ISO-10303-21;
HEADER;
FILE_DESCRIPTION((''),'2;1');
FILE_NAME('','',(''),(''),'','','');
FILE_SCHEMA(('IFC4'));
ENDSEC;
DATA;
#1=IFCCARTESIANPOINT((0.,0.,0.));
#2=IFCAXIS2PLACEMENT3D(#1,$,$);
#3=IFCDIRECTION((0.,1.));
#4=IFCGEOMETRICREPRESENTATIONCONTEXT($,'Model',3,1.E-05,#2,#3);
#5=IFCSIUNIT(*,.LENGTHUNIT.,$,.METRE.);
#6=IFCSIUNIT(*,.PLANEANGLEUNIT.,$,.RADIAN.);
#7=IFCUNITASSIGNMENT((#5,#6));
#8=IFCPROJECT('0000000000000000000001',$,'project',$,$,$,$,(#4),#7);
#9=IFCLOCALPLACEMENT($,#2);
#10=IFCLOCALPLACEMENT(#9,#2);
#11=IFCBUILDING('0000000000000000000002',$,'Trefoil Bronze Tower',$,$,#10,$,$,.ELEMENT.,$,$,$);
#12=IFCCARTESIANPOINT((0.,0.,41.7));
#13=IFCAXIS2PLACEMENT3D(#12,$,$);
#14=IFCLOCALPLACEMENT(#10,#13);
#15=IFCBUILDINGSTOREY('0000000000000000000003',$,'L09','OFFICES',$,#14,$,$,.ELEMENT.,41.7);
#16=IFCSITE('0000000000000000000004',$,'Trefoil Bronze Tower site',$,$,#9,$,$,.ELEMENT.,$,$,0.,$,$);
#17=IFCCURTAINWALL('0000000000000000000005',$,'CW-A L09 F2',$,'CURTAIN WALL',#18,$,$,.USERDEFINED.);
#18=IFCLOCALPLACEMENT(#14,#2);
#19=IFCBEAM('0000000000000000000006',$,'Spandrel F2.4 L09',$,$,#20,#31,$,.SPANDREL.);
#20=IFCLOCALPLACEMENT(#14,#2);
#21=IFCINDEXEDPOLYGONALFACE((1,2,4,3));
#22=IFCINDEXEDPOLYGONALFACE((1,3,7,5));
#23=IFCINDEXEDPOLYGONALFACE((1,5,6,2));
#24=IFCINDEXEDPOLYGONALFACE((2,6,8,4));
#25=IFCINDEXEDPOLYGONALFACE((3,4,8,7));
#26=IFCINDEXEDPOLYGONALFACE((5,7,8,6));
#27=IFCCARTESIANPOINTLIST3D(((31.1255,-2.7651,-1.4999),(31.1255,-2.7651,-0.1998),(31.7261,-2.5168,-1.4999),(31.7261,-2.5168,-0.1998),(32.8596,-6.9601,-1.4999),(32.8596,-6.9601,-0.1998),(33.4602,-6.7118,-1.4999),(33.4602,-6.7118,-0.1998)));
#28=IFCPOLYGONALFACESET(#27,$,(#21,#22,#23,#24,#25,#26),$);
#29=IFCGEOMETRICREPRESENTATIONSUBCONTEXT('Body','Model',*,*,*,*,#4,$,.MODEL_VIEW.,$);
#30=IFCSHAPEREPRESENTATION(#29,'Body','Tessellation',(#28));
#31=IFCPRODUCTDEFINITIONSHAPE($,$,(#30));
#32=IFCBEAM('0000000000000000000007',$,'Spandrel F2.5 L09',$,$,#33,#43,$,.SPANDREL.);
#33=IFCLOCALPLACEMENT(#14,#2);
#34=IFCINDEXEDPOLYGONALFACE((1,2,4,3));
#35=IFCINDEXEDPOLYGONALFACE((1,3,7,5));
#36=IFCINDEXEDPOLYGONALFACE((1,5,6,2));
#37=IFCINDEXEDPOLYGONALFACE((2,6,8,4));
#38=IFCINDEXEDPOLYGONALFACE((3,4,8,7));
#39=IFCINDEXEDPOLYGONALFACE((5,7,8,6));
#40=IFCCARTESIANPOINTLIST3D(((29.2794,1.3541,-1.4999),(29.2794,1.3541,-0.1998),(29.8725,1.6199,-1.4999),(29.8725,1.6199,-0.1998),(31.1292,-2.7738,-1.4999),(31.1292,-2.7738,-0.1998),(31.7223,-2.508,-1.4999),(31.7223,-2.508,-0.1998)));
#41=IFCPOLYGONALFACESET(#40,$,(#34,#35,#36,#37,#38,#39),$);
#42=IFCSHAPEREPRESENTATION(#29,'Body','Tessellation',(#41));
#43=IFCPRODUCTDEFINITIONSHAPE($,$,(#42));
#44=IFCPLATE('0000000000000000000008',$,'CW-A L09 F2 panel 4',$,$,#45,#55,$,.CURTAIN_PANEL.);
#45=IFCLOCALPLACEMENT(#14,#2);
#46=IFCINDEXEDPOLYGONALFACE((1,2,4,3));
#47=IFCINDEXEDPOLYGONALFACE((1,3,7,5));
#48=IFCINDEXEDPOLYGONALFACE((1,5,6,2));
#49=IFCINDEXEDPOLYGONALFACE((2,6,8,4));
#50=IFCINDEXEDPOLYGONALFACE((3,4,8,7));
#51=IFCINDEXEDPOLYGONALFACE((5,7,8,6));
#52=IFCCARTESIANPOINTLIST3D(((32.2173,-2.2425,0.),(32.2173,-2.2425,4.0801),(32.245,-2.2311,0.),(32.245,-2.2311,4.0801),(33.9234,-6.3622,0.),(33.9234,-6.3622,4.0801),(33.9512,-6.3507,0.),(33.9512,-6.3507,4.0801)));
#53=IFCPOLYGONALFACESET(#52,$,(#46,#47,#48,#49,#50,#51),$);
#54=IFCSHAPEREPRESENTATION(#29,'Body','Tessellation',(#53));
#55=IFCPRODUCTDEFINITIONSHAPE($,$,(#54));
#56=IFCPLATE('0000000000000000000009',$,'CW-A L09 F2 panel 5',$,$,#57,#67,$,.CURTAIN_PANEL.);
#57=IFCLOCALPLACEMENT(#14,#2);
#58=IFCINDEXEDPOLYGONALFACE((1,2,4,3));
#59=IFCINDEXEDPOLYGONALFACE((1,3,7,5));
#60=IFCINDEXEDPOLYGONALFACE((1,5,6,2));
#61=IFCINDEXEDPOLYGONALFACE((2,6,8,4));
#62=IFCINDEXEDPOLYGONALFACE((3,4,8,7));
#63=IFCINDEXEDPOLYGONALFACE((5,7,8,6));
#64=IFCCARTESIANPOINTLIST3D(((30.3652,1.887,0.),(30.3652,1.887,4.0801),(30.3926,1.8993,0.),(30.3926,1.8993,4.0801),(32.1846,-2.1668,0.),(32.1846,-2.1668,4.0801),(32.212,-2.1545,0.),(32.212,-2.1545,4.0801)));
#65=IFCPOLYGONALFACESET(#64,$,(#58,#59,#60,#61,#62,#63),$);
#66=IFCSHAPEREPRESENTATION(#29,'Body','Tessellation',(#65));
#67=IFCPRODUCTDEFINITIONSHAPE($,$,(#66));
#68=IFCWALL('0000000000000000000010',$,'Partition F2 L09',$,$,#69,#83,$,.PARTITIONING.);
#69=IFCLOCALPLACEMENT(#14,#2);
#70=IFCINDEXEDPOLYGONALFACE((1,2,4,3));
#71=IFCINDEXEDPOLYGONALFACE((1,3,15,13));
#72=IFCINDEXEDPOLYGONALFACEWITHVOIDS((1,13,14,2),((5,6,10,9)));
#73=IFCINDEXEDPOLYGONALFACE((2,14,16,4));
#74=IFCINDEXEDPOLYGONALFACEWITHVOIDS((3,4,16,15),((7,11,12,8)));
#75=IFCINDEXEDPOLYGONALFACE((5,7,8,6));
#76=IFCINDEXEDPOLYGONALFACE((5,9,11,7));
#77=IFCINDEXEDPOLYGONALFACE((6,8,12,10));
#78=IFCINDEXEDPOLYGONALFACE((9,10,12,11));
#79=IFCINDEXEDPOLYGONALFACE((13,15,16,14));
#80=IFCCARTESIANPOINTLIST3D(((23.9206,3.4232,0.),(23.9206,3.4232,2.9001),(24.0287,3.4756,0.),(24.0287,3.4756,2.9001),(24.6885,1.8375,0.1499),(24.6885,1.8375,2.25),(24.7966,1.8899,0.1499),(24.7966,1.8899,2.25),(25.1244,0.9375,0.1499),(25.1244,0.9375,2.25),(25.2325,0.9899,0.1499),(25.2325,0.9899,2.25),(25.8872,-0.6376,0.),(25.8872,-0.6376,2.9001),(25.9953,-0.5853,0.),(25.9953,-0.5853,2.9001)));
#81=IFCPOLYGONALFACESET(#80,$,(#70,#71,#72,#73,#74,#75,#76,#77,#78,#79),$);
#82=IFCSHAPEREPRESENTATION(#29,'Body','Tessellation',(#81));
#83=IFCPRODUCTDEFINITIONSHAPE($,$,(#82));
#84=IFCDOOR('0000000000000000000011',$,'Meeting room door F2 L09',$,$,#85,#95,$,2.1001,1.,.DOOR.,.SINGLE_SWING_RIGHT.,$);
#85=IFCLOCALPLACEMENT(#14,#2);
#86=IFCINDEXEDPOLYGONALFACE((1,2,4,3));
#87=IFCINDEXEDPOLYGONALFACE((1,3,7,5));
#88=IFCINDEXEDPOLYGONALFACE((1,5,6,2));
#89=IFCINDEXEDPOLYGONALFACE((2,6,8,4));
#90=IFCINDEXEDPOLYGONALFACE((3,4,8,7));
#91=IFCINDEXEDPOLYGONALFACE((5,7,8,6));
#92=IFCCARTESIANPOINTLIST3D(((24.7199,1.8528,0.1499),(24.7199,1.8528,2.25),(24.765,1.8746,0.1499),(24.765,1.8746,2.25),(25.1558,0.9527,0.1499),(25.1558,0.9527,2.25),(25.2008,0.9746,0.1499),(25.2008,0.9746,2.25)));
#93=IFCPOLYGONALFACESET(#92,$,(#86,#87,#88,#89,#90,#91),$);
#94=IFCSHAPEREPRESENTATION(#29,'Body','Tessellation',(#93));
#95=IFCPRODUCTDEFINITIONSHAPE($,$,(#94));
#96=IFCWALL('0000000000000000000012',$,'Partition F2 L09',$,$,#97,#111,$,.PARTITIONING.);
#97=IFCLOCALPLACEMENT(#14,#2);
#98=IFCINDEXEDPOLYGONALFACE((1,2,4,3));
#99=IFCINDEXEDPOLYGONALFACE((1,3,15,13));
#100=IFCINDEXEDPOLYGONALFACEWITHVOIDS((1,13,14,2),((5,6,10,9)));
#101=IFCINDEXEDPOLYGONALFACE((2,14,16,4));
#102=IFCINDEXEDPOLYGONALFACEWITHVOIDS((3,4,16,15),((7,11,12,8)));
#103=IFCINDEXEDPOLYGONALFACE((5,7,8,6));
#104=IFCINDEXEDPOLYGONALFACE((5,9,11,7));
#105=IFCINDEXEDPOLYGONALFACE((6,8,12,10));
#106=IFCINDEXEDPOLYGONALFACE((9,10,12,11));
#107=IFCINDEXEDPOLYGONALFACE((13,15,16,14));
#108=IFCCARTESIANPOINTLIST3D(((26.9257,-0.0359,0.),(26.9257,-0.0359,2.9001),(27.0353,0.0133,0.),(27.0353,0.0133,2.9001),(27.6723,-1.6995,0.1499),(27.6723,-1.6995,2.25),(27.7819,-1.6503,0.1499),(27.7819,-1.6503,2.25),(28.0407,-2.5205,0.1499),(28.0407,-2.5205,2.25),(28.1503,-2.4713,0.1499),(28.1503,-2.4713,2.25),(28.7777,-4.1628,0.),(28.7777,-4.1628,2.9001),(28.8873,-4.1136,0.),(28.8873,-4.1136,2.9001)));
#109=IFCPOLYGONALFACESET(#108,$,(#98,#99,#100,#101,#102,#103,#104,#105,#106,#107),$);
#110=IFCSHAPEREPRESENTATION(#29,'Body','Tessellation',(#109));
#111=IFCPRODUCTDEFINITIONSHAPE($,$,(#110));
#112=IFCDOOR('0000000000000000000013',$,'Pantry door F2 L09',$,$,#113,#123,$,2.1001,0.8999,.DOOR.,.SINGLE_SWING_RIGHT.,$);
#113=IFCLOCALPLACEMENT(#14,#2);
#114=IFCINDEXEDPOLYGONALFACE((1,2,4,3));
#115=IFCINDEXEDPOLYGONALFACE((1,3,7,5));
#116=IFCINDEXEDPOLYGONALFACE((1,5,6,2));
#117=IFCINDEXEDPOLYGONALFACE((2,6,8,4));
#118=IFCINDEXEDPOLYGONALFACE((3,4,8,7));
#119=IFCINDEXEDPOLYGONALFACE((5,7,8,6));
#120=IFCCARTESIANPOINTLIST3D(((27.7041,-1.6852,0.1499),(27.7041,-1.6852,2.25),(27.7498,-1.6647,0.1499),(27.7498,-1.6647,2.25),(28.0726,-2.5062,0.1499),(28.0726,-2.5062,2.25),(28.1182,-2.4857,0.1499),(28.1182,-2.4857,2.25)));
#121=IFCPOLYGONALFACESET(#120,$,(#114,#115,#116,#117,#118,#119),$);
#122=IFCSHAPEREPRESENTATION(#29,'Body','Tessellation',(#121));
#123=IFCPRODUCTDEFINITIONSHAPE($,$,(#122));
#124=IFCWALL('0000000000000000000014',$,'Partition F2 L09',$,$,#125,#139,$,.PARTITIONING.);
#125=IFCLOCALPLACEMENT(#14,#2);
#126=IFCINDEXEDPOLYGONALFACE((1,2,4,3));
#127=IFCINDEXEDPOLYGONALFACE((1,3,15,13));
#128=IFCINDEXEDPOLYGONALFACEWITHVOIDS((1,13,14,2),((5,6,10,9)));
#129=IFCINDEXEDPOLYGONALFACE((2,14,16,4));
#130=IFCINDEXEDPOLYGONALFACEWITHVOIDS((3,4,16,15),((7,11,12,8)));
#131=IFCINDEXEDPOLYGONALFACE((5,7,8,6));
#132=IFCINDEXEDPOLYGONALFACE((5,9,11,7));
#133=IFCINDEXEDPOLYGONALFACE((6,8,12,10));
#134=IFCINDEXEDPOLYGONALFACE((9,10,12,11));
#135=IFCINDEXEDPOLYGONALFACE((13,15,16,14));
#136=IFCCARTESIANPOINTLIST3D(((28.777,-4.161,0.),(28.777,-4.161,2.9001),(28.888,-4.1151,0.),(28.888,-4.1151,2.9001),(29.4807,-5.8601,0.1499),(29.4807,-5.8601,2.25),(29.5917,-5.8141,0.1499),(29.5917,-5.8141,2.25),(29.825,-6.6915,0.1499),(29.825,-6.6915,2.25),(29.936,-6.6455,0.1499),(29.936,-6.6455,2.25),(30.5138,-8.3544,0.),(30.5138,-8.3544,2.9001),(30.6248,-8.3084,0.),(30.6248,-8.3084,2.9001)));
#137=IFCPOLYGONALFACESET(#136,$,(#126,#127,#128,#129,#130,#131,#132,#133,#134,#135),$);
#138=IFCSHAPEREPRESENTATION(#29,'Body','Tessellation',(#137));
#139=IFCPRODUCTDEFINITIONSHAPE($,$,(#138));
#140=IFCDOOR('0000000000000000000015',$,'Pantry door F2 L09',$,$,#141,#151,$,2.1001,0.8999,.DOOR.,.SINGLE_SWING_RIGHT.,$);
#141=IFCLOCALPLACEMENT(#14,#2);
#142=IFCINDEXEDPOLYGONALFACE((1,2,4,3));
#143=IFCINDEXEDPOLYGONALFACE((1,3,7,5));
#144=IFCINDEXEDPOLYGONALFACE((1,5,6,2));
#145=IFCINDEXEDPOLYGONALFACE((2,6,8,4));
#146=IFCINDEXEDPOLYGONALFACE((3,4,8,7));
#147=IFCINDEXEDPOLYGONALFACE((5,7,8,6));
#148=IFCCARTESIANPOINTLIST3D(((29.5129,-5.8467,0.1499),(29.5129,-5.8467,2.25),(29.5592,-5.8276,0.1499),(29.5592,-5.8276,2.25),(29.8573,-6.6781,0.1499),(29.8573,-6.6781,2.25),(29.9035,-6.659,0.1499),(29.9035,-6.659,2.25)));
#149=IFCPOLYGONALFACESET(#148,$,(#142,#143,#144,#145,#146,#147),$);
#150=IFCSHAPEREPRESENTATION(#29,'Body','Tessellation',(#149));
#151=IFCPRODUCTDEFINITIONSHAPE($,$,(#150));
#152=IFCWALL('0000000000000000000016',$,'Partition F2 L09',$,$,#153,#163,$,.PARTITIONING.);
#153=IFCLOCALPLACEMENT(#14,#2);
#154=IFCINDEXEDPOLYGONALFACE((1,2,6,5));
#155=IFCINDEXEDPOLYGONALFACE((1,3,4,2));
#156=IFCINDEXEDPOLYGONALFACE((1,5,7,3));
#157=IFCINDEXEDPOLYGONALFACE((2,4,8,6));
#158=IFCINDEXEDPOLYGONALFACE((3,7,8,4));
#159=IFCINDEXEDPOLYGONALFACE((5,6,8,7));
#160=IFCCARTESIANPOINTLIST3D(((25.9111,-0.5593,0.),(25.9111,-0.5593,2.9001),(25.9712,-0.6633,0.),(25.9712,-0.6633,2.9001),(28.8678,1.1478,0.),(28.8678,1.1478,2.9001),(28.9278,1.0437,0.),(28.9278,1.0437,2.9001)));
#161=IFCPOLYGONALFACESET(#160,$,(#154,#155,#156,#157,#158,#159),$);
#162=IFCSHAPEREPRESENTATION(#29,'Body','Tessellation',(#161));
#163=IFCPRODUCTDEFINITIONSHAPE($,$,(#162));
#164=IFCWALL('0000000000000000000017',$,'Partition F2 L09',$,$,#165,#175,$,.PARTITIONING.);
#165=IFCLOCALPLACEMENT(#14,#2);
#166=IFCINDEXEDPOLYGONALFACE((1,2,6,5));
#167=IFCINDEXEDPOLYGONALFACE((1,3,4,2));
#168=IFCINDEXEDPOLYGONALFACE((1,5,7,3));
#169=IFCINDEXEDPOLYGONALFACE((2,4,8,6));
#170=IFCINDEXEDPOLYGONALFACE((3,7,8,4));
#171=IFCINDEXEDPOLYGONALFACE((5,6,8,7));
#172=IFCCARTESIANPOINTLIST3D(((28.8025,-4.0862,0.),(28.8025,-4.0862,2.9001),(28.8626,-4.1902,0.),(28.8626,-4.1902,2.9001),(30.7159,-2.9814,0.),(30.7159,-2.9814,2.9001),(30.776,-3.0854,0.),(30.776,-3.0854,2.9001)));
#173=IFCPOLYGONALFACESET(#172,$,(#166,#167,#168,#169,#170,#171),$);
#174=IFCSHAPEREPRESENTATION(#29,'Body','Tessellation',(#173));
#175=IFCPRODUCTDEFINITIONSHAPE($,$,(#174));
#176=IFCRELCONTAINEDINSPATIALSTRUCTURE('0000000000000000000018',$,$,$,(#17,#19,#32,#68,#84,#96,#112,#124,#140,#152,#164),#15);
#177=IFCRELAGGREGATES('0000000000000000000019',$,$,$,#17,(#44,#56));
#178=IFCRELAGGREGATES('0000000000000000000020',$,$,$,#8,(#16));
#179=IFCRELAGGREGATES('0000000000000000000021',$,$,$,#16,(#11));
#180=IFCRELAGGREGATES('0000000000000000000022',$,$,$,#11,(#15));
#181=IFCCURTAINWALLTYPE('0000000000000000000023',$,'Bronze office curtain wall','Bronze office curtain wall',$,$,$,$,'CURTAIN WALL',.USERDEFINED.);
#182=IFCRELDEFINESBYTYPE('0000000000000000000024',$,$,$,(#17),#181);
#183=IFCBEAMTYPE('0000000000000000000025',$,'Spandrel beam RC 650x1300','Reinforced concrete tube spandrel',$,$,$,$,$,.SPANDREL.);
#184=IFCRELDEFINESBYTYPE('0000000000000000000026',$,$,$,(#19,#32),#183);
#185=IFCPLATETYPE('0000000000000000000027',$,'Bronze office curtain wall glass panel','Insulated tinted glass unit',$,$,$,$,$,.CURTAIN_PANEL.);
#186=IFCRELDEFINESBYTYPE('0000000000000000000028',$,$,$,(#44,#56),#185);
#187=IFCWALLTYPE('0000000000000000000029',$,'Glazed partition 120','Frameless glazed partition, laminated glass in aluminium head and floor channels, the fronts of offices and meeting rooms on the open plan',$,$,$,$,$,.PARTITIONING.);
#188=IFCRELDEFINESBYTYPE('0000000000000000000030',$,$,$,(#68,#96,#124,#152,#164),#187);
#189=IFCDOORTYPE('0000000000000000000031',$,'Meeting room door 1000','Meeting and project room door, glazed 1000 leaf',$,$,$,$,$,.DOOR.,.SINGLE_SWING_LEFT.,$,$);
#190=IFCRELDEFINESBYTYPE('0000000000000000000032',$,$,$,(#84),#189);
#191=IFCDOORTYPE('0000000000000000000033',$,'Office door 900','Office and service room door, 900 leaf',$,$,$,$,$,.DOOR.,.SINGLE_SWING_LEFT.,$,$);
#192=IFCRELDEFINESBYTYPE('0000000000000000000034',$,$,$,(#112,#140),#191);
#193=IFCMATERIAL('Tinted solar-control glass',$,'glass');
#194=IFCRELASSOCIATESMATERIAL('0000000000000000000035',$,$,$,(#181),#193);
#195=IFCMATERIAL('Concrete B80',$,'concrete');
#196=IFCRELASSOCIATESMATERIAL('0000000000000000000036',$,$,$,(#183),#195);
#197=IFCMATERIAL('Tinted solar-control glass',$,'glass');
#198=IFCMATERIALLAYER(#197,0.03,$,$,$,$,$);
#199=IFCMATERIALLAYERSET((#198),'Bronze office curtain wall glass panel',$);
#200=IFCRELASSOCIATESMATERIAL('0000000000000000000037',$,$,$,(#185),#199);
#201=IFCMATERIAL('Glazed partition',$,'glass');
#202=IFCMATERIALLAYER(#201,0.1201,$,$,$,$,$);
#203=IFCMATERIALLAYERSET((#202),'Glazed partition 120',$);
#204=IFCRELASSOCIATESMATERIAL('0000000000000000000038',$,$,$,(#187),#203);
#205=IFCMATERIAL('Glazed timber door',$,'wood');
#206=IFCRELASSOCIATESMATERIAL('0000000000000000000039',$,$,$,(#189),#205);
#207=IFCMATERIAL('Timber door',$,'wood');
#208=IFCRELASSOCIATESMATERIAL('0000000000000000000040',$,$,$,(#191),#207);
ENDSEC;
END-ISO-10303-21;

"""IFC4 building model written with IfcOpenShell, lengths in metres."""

from ifc_helpers import new_model, si_unit, direction, frame, frame_2d, origin, origin_2d, place, context, subcontext, project, spatial, rectangle, extrude, material, layer, layer_set, material_profile, profile_set, type_object, element, fill, aggregate, save


model = new_model("IFC4")

# Units and contexts
model_context = context("Model", 3, precision=1e-05, world=origin(), true_north=direction((0.0, 1.0)))
body_context = subcontext(model_context, "Body", "Model", "MODEL_VIEW")
ifc_project = project(units=[si_unit("LENGTHUNIT", "METRE"), si_unit("PLANEANGLEUNIT", "RADIAN")], contexts=[model_context])

# Site, building, storey
site_placement = place(None, origin())
site = spatial("IfcSite", under=ifc_project, at=site_placement, Name="Trefoil Bronze Tower site", CompositionType="ELEMENT", RefElevation=0.0)
building_placement = place(site_placement, origin())
building = spatial("IfcBuilding", under=site, at=building_placement, Name="Trefoil Bronze Tower", CompositionType="ELEMENT")
storey_placement = place(building_placement, frame((0.0, 0.0, 41.7)))
storey = spatial("IfcBuildingStorey", under=building, at=storey_placement, Name="L09", Description="OFFICES", CompositionType="ELEMENT", Elevation=41.7)

# Curtain wall
ifc_material_1 = material(Name="Tinted solar-control glass", Category="glass")
curtain_wall_type = type_object("IfcCurtainWallType", Name="Bronze office curtain wall", Description="Bronze office curtain wall", ElementType="CURTAIN WALL", PredefinedType="USERDEFINED", material=ifc_material_1)
curtain_wall_placement = place(storey_placement, origin())
curtain_wall = element("IfcCurtainWall", 1, at=curtain_wall_placement, inside=storey, type_object=curtain_wall_type, Name="CW-A L09 F2", ObjectType="CURTAIN WALL", PredefinedType="USERDEFINED")

# Beams
ifc_material_2 = material(Name="Concrete B80", Category="concrete")
ifc_material_profile_1 = material_profile(ifc_material_2, rectangle(XDim=0.6499, YDim=1.3, at=origin_2d()), Name="RC 650x1300")
ifc_profile_set_1 = profile_set([ifc_material_profile_1], Name="Concrete B80")
beam_type_1 = type_object("IfcBeamType", Name="Spandrel beam RC 650x1300", Description="Reinforced concrete tube spandrel", PredefinedType="SPANDREL", material=ifc_profile_set_1)
beam_1_placement = place(storey_placement, frame((33.1599, -6.8359, -0.8499), z_axis=(-0.382021, 0.924154, 0.0), x_axis=(-0.924154, -0.382021, 0.0)))
element("IfcBeam", 2, at=beam_1_placement, inside=storey, type_object=beam_type_1, Name="Spandrel F2.4 L09", PredefinedType="SPANDREL", context=body_context, shape_type="SweptSolid", body=[
    extrude(rectangle(XDim=0.6499, YDim=1.3, at=origin_2d()), origin(), (0.0, 0.0, 1.0), 4.5393),
])
beam_2_placement = place(storey_placement, frame((31.4258, -2.6409, -0.8499), z_axis=(-0.408946, 0.912559, 0.0), x_axis=(-0.912559, -0.408946, 0.0)))
element("IfcBeam", 3, at=beam_2_placement, inside=storey, type_object=beam_type_1, Name="Spandrel F2.5 L09", PredefinedType="SPANDREL", context=body_context, shape_type="SweptSolid", body=[
    extrude(rectangle(XDim=0.6499, YDim=1.3, at=origin_2d()), origin(), (0.0, 0.0, 1.0), 4.5234),
])

# Plates
ifc_material_3 = material(Name="Tinted solar-control glass", Category="glass")
ifc_layer_1 = layer(ifc_material_3, 0.03)
ifc_layer_set_1 = layer_set([ifc_layer_1], Name="Bronze office curtain wall glass panel")
plate_type = type_object("IfcPlateType", Name="Bronze office curtain wall glass panel", Description="Insulated tinted glass unit", PredefinedType="CURTAIN_PANEL", material=ifc_layer_set_1)
plate_1_placement = place(storey_placement, frame((33.0842, -4.2966, 0.0), z_axis=(0.0, 0.0, 1.0), x_axis=(-0.38263, 0.923902, 0.0)))
plate_1 = element("IfcPlate", 4, at=plate_1_placement, type_object=plate_type, Name="CW-A L09 F2 panel 4", PredefinedType="CURTAIN_PANEL", context=body_context, shape_type="SweptSolid", body=[
    extrude(rectangle(XDim=4.459, YDim=0.03, at=origin_2d()), origin(), (0.0, 0.0, 1.0), 4.0801),
])
plate_2_placement = place(storey_placement, frame((31.2886, -0.1338, 0.0), z_axis=(0.0, 0.0, 1.0), x_axis=(-0.409456, 0.91233, 0.0)))
plate_2 = element("IfcPlate", 5, at=plate_2_placement, type_object=plate_type, Name="CW-A L09 F2 panel 5", PredefinedType="CURTAIN_PANEL", context=body_context, shape_type="SweptSolid", body=[
    extrude(rectangle(XDim=4.4434, YDim=0.03, at=origin_2d()), origin(), (0.0, 0.0, 1.0), 4.0801),
])
aggregate(curtain_wall, [plate_1, plate_2])

# Walls, openings, doors
ifc_material_4 = material(Name="Glazed partition", Category="glass")
ifc_layer_2 = layer(ifc_material_4, 0.1201)
ifc_layer_set_2 = layer_set([ifc_layer_2], Name="Glazed partition 120")
wall_type = type_object("IfcWallType", Name="Glazed partition 120", Description="Frameless glazed partition, laminated glass in aluminium head and floor channels, the fronts of offices and meeting rooms on the open plan", PredefinedType="PARTITIONING", material=ifc_layer_set_2)
wall_1_placement = place(storey_placement, frame((25.9412, -0.6113, 0.0), z_axis=(0.0, 0.0, 1.0), x_axis=(-0.435858, 0.900015, 0.0)))
wall_1 = element("IfcWall", 6, at=wall_1_placement, inside=storey, type_object=wall_type, Name="Partition F2 L09", PredefinedType="PARTITIONING", context=body_context, shape_type="SweptSolid", body=[
    extrude(rectangle(XDim=4.512, YDim=0.1201, at=frame_2d((2.2559, 0.0))), origin(), (0.0, 0.0, 1.0), 2.9001),
])
opening_1_placement = place(wall_1_placement, frame((1.75, 0.0, 0.1499)))
opening_1 = element("IfcOpeningElement", 7, at=opening_1_placement, cuts=wall_1, PredefinedType="OPENING", context=body_context, shape_type="SweptSolid", body=[
    extrude(rectangle(XDim=1.0, YDim=2.1001, at=frame_2d((0.5, 1.05))), frame((0.0, 0.0701, 0.0), z_axis=(0.0, -1.0, 0.0), x_axis=(1.0, 0.0, 0.0)), (0.0, 0.0, 1.0), 0.1401),
])
ifc_material_5 = material(Name="Glazed timber door", Category="wood")
door_type_1 = type_object("IfcDoorType", Name="Meeting room door 1000", Description="Meeting and project room door, glazed 1000 leaf", OperationType="SINGLE_SWING_LEFT", PredefinedType="DOOR", material=ifc_material_5)
door_1_placement = place(opening_1_placement, frame((1.0, 0.0, 0.0), z_axis=(0.0, 0.0, 1.0), x_axis=(-1.0, 0.0, 0.0)))
door_1 = element("IfcDoor", 8, at=door_1_placement, inside=storey, type_object=door_type_1, Name="Meeting room door F2 L09", OperationType="SINGLE_SWING_RIGHT", OverallHeight=2.1001, OverallWidth=1.0, PredefinedType="DOOR", context=body_context, shape_type="SweptSolid", body=[
    extrude(rectangle(XDim=1.0, YDim=2.1001, at=frame_2d((0.5, 1.05))), frame((0.0, 0.0249, 0.0), z_axis=(0.0, -1.0, 0.0), x_axis=(1.0, 0.0, 0.0)), (0.0, 0.0, 1.0), 0.05),
])
fill(opening_1, door_1)
wall_2_placement = place(storey_placement, frame((28.8325, -4.1382, 0.0), z_axis=(0.0, 0.0, 1.0), x_axis=(-0.409431, 0.912341, 0.0)))
wall_2 = element("IfcWall", 9, at=wall_2_placement, inside=storey, type_object=wall_type, Name="Partition F2 L09", PredefinedType="PARTITIONING", context=body_context, shape_type="SweptSolid", body=[
    extrude(rectangle(XDim=4.5234, YDim=0.1201, at=frame_2d((2.2617, 0.0))), origin(), (0.0, 0.0, 1.0), 2.9001),
])
opening_2_placement = place(wall_2_placement, frame((1.8, 0.0, 0.1499)))
opening_2 = element("IfcOpeningElement", 10, at=opening_2_placement, cuts=wall_2, PredefinedType="OPENING", context=body_context, shape_type="SweptSolid", body=[
    extrude(rectangle(XDim=0.8999, YDim=2.1001, at=frame_2d((0.45, 1.05))), frame((0.0, 0.0701, 0.0), z_axis=(0.0, -1.0, 0.0), x_axis=(1.0, 0.0, 0.0)), (0.0, 0.0, 1.0), 0.1401),
])
ifc_material_6 = material(Name="Timber door", Category="wood")
door_type_2 = type_object("IfcDoorType", Name="Office door 900", Description="Office and service room door, 900 leaf", OperationType="SINGLE_SWING_LEFT", PredefinedType="DOOR", material=ifc_material_6)
door_2_placement = place(opening_2_placement, frame((0.8999, 0.0, 0.0), z_axis=(0.0, 0.0, 1.0), x_axis=(-1.0, 0.0, 0.0)))
door_2 = element("IfcDoor", 11, at=door_2_placement, inside=storey, type_object=door_type_2, Name="Pantry door F2 L09", OperationType="SINGLE_SWING_RIGHT", OverallHeight=2.1001, OverallWidth=0.8999, PredefinedType="DOOR", context=body_context, shape_type="SweptSolid", body=[
    extrude(rectangle(XDim=0.8999, YDim=2.1001, at=frame_2d((0.45, 1.05))), frame((0.0, 0.0249, 0.0), z_axis=(0.0, -1.0, 0.0), x_axis=(1.0, 0.0, 0.0)), (0.0, 0.0, 1.0), 0.05),
])
fill(opening_2, door_2)
wall_3_placement = place(storey_placement, frame((30.5693, -8.3315, 0.0), z_axis=(0.0, 0.0, 1.0), x_axis=(-0.382659, 0.92389, 0.0)))
wall_3 = element("IfcWall", 12, at=wall_3_placement, inside=storey, type_object=wall_type, Name="Partition F2 L09", PredefinedType="PARTITIONING", context=body_context, shape_type="SweptSolid", body=[
    extrude(rectangle(XDim=4.5388, YDim=0.1201, at=frame_2d((2.2695, 0.0))), origin(), (0.0, 0.0, 1.0), 2.9001),
])
opening_3_placement = place(wall_3_placement, frame((1.8, 0.0, 0.1499)))
opening_3 = element("IfcOpeningElement", 13, at=opening_3_placement, cuts=wall_3, PredefinedType="OPENING", context=body_context, shape_type="SweptSolid", body=[
    extrude(rectangle(XDim=0.8999, YDim=2.1001, at=frame_2d((0.45, 1.05))), frame((0.0, 0.0701, 0.0), z_axis=(0.0, -1.0, 0.0), x_axis=(1.0, 0.0, 0.0)), (0.0, 0.0, 1.0), 0.1401),
])
door_3_placement = place(opening_3_placement, frame((0.8999, 0.0, 0.0), z_axis=(0.0, 0.0, 1.0), x_axis=(-1.0, 0.0, 0.0)))
door_3 = element("IfcDoor", 14, at=door_3_placement, inside=storey, type_object=door_type_2, Name="Pantry door F2 L09", OperationType="SINGLE_SWING_RIGHT", OverallHeight=2.1001, OverallWidth=0.8999, PredefinedType="DOOR", context=body_context, shape_type="SweptSolid", body=[
    extrude(rectangle(XDim=0.8999, YDim=2.1001, at=frame_2d((0.45, 1.05))), frame((0.0, 0.0249, 0.0), z_axis=(0.0, -1.0, 0.0), x_axis=(1.0, 0.0, 0.0)), (0.0, 0.0, 1.0), 0.05),
])
fill(opening_3, door_3)

# Walls
wall_4_placement = place(storey_placement, frame((25.9412, -0.6113, 0.0), z_axis=(0.0, 0.0, 1.0), x_axis=(0.866016, 0.500015, 0.0)))
element("IfcWall", 15, at=wall_4_placement, inside=storey, type_object=wall_type, Name="Partition F2 L09", PredefinedType="PARTITIONING", context=body_context, shape_type="SweptSolid", body=[
    extrude(rectangle(XDim=3.4141, YDim=0.1201, at=frame_2d((1.707, 0.0))), origin(), (0.0, 0.0, 1.0), 2.9001),
])
wall_5_placement = place(storey_placement, frame((28.8325, -4.1382, 0.0), z_axis=(0.0, 0.0, 1.0), x_axis=(0.866011, 0.500025, 0.0)))
element("IfcWall", 16, at=wall_5_placement, inside=storey, type_object=wall_type, Name="Partition F2 L09", PredefinedType="PARTITIONING", context=body_context, shape_type="SweptSolid", body=[
    extrude(rectangle(XDim=2.2095, YDim=0.1201, at=frame_2d((1.1047, 0.0))), origin(), (0.0, 0.0, 1.0), 2.9001),
])

save(model, "model.ifc")
